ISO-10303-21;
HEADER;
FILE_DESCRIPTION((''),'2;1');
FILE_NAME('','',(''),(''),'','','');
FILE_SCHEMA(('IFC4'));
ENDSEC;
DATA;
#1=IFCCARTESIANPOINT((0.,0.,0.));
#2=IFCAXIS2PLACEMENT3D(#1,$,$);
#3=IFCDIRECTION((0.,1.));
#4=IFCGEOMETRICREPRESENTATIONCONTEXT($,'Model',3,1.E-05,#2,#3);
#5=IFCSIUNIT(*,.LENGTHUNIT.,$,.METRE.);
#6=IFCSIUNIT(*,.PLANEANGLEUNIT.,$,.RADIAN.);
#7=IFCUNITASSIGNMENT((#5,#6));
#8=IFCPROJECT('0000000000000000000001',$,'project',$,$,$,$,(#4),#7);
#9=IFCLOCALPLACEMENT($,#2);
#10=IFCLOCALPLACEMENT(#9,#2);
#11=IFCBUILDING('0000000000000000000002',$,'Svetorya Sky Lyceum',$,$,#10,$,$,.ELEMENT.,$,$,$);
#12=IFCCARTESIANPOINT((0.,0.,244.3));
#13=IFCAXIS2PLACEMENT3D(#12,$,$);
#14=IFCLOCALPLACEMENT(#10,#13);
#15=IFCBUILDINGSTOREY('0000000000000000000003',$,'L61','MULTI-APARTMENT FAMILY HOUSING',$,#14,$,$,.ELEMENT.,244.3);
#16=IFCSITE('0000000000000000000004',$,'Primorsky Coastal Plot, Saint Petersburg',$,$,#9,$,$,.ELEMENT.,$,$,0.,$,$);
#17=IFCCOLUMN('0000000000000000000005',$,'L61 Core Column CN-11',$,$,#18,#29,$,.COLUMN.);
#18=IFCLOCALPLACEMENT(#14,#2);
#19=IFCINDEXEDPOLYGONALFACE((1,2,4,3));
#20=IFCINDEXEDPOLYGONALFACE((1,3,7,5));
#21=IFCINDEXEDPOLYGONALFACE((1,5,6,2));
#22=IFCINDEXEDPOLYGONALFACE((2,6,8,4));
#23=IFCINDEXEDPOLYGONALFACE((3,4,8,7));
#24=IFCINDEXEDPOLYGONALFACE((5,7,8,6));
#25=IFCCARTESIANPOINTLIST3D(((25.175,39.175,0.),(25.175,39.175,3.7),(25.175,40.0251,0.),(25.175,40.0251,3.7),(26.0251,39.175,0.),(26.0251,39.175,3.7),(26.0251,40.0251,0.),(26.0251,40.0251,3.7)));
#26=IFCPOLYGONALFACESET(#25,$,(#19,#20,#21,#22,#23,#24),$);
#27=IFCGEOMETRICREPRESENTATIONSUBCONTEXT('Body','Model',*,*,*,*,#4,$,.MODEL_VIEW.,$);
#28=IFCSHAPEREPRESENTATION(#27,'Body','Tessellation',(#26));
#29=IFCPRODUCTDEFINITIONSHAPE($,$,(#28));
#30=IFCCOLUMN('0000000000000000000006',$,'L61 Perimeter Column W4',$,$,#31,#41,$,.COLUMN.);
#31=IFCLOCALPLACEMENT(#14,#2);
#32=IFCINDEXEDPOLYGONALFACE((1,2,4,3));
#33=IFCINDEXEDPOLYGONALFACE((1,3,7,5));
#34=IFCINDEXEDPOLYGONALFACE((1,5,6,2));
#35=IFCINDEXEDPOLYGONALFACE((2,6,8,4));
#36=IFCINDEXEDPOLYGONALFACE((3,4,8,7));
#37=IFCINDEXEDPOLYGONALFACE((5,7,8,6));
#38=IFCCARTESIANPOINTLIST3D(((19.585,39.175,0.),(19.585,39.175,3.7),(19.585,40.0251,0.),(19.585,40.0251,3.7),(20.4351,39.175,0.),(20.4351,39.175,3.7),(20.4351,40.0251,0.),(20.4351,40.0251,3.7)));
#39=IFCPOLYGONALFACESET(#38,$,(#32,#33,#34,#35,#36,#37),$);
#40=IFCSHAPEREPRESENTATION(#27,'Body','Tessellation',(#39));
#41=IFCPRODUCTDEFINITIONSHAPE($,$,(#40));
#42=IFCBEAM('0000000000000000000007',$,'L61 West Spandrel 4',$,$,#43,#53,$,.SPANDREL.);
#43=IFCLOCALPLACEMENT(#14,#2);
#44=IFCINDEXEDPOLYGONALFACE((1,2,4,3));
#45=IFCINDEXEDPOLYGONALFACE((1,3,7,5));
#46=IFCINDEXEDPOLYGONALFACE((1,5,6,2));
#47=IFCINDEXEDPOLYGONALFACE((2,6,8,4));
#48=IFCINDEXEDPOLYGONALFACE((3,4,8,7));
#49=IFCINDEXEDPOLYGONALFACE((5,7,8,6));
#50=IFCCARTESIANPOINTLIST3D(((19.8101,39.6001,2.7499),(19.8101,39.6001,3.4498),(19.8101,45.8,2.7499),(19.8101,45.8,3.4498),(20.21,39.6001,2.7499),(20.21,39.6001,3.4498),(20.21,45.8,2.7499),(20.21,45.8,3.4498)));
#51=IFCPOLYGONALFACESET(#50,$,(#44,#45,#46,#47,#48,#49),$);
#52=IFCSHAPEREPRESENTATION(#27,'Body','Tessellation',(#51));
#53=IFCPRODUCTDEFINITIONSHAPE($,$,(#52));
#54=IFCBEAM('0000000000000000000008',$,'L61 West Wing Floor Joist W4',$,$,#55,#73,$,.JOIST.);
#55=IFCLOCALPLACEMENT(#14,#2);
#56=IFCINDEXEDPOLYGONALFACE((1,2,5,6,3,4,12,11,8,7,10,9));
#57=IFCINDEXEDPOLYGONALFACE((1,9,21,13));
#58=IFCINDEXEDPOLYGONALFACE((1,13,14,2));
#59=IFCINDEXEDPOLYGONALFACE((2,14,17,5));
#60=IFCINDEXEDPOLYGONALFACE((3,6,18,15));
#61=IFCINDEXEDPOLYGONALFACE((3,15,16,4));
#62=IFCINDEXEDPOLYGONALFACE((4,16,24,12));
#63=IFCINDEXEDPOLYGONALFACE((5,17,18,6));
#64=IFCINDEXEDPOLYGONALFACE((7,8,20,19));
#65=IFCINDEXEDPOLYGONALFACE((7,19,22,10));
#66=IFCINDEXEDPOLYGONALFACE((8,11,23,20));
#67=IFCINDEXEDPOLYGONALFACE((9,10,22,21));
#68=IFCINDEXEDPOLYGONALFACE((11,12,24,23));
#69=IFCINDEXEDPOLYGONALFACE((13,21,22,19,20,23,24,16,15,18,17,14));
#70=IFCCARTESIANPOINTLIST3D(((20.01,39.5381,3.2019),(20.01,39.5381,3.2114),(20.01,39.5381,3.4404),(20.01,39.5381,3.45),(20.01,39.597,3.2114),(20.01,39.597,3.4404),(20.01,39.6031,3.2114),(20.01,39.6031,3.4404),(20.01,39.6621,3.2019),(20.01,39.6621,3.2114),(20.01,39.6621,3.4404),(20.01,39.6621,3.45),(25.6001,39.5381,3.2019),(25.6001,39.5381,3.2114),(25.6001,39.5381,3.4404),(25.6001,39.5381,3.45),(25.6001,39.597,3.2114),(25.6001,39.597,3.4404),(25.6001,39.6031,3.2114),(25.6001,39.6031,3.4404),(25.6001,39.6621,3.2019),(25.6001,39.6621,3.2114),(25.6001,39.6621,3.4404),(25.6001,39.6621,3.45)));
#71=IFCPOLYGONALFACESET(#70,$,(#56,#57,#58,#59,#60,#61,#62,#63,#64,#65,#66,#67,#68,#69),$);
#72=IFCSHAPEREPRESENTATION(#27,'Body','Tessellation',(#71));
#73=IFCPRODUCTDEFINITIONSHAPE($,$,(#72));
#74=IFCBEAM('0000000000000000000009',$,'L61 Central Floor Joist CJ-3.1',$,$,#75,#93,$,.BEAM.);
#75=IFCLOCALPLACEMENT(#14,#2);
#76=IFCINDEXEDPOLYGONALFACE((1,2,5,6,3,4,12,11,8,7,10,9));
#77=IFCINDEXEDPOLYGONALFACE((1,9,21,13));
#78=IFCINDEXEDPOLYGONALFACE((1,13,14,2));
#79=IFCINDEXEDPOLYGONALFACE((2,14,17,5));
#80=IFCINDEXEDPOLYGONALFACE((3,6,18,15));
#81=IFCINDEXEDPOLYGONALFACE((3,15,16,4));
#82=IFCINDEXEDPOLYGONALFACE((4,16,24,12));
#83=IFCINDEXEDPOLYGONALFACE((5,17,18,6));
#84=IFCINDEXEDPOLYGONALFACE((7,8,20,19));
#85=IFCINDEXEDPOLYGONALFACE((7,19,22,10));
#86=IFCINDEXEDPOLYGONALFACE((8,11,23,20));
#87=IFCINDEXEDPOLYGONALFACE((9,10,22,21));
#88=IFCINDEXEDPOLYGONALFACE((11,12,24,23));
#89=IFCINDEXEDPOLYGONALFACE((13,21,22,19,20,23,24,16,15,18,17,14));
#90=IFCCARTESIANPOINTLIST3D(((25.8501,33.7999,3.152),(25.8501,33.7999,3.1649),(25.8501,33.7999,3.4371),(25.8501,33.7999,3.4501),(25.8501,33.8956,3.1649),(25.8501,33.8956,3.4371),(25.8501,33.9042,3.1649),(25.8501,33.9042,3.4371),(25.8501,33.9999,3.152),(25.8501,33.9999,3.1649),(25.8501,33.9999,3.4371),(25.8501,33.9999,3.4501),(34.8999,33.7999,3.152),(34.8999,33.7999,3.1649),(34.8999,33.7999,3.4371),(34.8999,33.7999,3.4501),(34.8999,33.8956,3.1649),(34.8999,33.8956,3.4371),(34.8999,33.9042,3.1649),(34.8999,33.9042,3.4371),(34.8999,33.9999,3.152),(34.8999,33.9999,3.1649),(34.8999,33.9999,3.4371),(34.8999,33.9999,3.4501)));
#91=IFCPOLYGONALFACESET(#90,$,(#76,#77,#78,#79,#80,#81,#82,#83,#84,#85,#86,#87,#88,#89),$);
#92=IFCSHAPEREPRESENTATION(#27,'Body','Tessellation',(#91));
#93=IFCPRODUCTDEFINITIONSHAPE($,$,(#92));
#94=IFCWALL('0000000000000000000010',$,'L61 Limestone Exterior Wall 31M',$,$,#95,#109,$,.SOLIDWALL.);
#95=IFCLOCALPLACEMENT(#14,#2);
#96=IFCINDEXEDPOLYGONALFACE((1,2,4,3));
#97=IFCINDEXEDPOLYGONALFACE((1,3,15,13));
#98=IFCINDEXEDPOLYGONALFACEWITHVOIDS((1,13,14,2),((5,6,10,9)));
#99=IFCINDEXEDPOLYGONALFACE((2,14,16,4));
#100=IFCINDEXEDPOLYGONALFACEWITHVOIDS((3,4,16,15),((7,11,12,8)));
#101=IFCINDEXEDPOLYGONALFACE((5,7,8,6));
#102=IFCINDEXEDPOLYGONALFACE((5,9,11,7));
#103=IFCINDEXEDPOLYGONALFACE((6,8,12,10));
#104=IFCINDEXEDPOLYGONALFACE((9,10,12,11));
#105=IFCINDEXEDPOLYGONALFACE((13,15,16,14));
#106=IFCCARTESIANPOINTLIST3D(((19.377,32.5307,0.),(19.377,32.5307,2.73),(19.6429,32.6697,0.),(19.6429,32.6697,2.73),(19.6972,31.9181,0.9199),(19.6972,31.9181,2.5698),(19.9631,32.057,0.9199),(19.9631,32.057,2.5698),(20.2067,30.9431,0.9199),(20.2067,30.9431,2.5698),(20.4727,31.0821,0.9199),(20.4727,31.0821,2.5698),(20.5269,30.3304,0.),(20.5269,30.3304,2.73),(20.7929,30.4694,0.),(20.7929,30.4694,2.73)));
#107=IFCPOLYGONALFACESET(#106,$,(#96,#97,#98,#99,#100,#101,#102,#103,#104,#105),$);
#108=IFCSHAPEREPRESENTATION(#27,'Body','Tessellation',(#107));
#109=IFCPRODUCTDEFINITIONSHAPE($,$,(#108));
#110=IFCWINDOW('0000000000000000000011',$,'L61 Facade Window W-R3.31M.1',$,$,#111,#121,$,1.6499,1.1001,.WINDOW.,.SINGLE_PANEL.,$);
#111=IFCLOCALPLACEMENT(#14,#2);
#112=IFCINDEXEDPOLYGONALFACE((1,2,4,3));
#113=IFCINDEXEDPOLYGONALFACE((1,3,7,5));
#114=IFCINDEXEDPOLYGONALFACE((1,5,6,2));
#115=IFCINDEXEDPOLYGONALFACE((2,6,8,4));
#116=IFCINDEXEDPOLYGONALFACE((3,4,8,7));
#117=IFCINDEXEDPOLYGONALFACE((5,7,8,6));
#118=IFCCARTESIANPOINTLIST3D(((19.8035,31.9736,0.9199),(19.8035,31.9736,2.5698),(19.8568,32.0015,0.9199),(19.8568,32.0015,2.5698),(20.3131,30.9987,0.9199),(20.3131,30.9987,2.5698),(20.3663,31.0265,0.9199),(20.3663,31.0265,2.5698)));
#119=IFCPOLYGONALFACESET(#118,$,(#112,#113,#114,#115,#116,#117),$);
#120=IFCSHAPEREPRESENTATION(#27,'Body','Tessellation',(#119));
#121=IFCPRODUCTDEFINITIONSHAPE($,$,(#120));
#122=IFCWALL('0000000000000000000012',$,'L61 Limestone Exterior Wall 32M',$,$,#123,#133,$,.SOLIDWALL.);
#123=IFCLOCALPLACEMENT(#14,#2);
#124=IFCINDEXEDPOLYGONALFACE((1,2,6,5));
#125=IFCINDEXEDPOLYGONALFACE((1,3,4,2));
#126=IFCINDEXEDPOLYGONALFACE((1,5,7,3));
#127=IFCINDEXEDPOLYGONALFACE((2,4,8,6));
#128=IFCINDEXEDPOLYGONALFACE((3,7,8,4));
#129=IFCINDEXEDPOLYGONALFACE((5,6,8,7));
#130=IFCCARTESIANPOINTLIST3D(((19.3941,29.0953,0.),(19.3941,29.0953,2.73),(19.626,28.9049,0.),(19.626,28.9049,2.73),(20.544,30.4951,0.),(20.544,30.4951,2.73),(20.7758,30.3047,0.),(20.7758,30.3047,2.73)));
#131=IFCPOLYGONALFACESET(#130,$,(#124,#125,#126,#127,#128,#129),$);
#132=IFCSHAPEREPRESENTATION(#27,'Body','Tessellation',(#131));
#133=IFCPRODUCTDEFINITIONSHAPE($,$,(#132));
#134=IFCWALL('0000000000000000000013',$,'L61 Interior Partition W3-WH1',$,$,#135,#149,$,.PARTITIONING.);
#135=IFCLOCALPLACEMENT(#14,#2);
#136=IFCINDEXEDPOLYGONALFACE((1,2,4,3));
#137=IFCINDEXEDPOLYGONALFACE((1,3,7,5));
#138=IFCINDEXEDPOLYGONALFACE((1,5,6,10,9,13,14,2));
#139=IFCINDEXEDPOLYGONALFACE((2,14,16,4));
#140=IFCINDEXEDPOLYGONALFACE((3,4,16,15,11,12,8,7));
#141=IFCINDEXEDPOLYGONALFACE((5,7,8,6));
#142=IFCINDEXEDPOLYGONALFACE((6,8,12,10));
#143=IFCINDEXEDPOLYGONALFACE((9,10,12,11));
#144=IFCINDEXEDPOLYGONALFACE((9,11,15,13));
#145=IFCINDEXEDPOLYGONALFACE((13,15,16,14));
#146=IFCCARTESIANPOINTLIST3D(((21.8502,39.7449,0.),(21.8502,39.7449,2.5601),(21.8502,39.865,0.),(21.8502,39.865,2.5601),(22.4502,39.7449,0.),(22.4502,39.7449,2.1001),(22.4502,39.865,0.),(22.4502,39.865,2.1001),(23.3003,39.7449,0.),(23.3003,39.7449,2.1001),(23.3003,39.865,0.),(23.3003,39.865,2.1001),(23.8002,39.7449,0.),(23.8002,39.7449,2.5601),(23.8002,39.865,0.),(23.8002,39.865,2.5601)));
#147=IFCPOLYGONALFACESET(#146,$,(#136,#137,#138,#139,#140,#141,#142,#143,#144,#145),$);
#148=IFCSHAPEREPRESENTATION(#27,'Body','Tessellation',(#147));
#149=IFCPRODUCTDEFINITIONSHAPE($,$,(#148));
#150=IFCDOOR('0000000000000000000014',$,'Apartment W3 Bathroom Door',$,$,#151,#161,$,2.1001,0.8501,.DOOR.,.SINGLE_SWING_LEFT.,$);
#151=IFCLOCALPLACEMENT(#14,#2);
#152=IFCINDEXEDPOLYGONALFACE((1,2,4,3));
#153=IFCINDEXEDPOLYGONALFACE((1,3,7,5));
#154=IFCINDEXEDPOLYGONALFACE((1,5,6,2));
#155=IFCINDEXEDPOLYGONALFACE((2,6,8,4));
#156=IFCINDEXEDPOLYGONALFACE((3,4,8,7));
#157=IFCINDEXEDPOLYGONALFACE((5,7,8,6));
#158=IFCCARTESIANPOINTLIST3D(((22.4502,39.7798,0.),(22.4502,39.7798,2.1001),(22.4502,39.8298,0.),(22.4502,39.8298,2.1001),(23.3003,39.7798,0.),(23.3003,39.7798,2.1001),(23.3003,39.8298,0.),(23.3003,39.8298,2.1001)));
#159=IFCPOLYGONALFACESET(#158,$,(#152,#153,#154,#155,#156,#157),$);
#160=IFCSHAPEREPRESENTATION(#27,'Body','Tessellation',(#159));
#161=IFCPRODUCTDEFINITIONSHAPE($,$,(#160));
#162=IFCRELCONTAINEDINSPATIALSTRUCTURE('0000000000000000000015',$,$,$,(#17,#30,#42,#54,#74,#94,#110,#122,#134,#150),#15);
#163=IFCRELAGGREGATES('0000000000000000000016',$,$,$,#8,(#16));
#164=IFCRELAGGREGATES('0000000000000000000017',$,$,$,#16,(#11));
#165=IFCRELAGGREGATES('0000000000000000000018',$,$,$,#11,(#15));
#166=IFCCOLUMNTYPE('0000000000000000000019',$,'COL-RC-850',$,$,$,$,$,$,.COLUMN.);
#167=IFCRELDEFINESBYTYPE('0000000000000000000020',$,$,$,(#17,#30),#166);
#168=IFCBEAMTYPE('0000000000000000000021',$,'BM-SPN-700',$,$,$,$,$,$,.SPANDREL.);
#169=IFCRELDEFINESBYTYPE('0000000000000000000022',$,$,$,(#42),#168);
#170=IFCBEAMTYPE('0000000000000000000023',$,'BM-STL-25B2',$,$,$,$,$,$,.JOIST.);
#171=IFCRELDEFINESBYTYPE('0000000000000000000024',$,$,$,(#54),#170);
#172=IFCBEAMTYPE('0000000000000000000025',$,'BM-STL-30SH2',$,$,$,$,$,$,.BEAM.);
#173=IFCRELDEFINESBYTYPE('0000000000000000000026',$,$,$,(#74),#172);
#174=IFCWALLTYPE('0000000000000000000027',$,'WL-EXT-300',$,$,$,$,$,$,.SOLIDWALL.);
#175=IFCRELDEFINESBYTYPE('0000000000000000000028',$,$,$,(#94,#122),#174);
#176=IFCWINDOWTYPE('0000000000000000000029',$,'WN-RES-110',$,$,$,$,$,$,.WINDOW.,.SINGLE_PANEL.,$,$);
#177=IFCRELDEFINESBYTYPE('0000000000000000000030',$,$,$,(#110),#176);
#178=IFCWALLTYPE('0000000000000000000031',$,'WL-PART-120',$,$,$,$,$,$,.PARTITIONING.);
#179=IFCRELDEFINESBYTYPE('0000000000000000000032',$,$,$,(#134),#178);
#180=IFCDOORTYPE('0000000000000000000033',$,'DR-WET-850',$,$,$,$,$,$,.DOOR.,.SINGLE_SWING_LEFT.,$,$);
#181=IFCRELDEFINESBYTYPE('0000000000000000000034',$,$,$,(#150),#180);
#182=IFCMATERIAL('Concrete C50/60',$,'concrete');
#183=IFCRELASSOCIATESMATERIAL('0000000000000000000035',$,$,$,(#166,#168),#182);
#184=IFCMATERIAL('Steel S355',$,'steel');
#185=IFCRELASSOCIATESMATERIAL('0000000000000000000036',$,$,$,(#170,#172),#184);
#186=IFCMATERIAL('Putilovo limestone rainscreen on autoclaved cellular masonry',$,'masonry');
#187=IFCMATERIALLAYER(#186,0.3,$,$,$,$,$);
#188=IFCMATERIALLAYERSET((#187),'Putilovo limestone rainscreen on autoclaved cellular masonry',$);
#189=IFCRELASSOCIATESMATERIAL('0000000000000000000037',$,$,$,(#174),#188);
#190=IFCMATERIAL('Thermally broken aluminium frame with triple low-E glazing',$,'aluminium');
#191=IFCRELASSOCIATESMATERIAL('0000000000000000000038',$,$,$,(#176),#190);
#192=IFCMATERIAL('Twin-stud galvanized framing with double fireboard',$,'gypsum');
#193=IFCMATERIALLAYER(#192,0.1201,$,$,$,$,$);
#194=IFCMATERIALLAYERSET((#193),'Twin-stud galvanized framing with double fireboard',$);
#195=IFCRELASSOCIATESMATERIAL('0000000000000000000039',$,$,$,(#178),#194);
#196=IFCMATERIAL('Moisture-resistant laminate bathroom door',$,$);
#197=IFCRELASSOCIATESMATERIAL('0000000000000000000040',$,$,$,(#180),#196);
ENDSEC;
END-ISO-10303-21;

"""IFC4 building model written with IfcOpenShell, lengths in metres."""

from ifc_helpers import new_model, si_unit, direction, frame, frame_2d, origin, origin_2d, place, context, subcontext, project, spatial, rectangle, i_section, extrude, material, layer, layer_set, material_profile, profile_set, type_object, element, fill, save


model = new_model("IFC4")

# Units and contexts
model_context = context("Model", 3, precision=1e-05, world=origin(), true_north=direction((0.0, 1.0)))
body_context = subcontext(model_context, "Body", "Model", "MODEL_VIEW")
ifc_project = project(units=[si_unit("LENGTHUNIT", "METRE"), si_unit("PLANEANGLEUNIT", "RADIAN")], contexts=[model_context])

# Site, building, storey
site_placement = place(None, origin())
site = spatial("IfcSite", under=ifc_project, at=site_placement, Name="Primorsky Coastal Plot, Saint Petersburg", CompositionType="ELEMENT", RefElevation=0.0)
building_placement = place(site_placement, origin())
building = spatial("IfcBuilding", under=site, at=building_placement, Name="Svetorya Sky Lyceum", CompositionType="ELEMENT")
storey_placement = place(building_placement, frame((0.0, 0.0, 244.3)))
storey = spatial("IfcBuildingStorey", under=building, at=storey_placement, Name="L61", Description="MULTI-APARTMENT FAMILY HOUSING", CompositionType="ELEMENT", Elevation=244.3)

# Columns
ifc_material_1 = material(Name="Concrete C50/60", Category="concrete")
ifc_material_profile_1 = material_profile(ifc_material_1, rectangle(XDim=0.8501, YDim=0.8501, at=origin_2d()), Name="RC COL 850x850")
ifc_profile_set_1 = profile_set([ifc_material_profile_1], Name="Concrete C50/60")
column_type = type_object("IfcColumnType", Name="COL-RC-850", PredefinedType="COLUMN", material=ifc_profile_set_1)
for number, where, z_axis, x_axis, name in (
    (1, (25.6001, 39.6001, 0.0), (0.0, 0.0, 1.0), (1.0, 0.0, 0.0), "L61 Core Column CN-11"),
    (2, (20.01, 39.6001, 0.0), (0.0, 0.0, 1.0), (1.0, 0.0, 0.0), "L61 Perimeter Column W4"),
):
    element("IfcColumn", number, at=place(storey_placement, frame(where, z_axis=z_axis, x_axis=x_axis)), inside=storey, type_object=column_type, Name=name, PredefinedType="COLUMN", context=body_context, shape_type="SweptSolid", body=[
        extrude(rectangle(XDim=0.8501, YDim=0.8501, at=origin_2d()), origin(), (0.0, 0.0, 1.0), 3.7),
    ])

# Beams
ifc_material_profile_2 = material_profile(ifc_material_1, rectangle(XDim=0.3999, YDim=0.7, at=origin_2d()), Name="RC SPANDREL 400x700")
ifc_profile_set_2 = profile_set([ifc_material_profile_2], Name="Concrete C50/60")
beam_type_1 = type_object("IfcBeamType", Name="BM-SPN-700", PredefinedType="SPANDREL", material=ifc_profile_set_2)
beam_1_placement = place(storey_placement, frame((20.01, 39.6001, 3.0999), z_axis=(0.0, 1.0, 0.0), x_axis=(-1.0, 0.0, 0.0)))
element("IfcBeam", 3, at=beam_1_placement, inside=storey, type_object=beam_type_1, Name="L61 West Spandrel 4", PredefinedType="SPANDREL", context=body_context, shape_type="SweptSolid", body=[
    extrude(rectangle(XDim=0.3999, YDim=0.7, at=origin_2d()), origin(), (0.0, 0.0, 1.0), 6.2),
])
ifc_material_2 = material(Name="Steel S355", Category="steel")
ifc_material_profile_3 = material_profile(ifc_material_2, i_section(OverallWidth=0.124, OverallDepth=0.248, WebThickness=0.0061, FlangeThickness=0.0095, at=origin_2d()), Name="GOST 25B2")
ifc_profile_set_3 = profile_set([ifc_material_profile_3], Name="Steel S355")
beam_type_2 = type_object("IfcBeamType", Name="BM-STL-25B2", PredefinedType="JOIST", material=ifc_profile_set_3)
beam_2_placement = place(storey_placement, frame((20.01, 39.6001, 3.3259), z_axis=(1.0, 0.0, 0.0), x_axis=(0.0, 1.0, 0.0)))
element("IfcBeam", 4, at=beam_2_placement, inside=storey, type_object=beam_type_2, Name="L61 West Wing Floor Joist W4", PredefinedType="JOIST", context=body_context, shape_type="SweptSolid", body=[
    extrude(i_section(OverallWidth=0.124, OverallDepth=0.248, WebThickness=0.0061, FlangeThickness=0.0095, at=origin_2d()), origin(), (0.0, 0.0, 1.0), 5.5901),
])
ifc_material_profile_4 = material_profile(ifc_material_2, i_section(OverallWidth=0.2, OverallDepth=0.2981, WebThickness=0.0085, FlangeThickness=0.0129, at=origin_2d()), Name="GOST 30Sh2")
ifc_profile_set_4 = profile_set([ifc_material_profile_4], Name="Steel S355")
beam_type_3 = type_object("IfcBeamType", Name="BM-STL-30SH2", PredefinedType="BEAM", material=ifc_profile_set_4)
beam_3_placement = place(storey_placement, frame((25.8501, 33.8999, 3.301), z_axis=(1.0, 0.0, 0.0), x_axis=(0.0, 1.0, 0.0)))
element("IfcBeam", 5, at=beam_3_placement, inside=storey, type_object=beam_type_3, Name="L61 Central Floor Joist CJ-3.1", PredefinedType="BEAM", context=body_context, shape_type="SweptSolid", body=[
    extrude(i_section(OverallWidth=0.2, OverallDepth=0.2981, WebThickness=0.0085, FlangeThickness=0.0129, at=origin_2d()), origin(), (0.0, 0.0, 1.0), 9.0498),
])

# Wall, opening, window
ifc_material_3 = material(Name="Putilovo limestone rainscreen on autoclaved cellular masonry", Category="masonry")
ifc_layer_1 = layer(ifc_material_3, 0.3)
ifc_layer_set_1 = layer_set([ifc_layer_1], Name="Putilovo limestone rainscreen on autoclaved cellular masonry")
wall_type_1 = type_object("IfcWallType", Name="WL-EXT-300", PredefinedType="SOLIDWALL", material=ifc_layer_set_1)
wall_1_placement = place(storey_placement, frame((19.51, 32.6001, 0.0), z_axis=(0.0, 0.0, 1.0), x_axis=(0.463191, -0.886258, 0.0)))
wall_1 = element("IfcWall", 6, at=wall_1_placement, inside=storey, type_object=wall_type_1, Name="L61 Limestone Exterior Wall 31M", PredefinedType="SOLIDWALL", context=body_context, shape_type="SweptSolid", body=[
    extrude(rectangle(XDim=2.4827, YDim=0.3, at=frame_2d((1.2412, 0.0))), origin(), (0.0, 0.0, 1.0), 2.73),
])
opening_1_placement = place(wall_1_placement, frame((0.6912, 0.0, 0.9199)))
opening_1 = element("IfcOpeningElement", 7, at=opening_1_placement, cuts=wall_1, PredefinedType="OPENING", context=body_context, shape_type="SweptSolid", body=[
    extrude(rectangle(XDim=1.1001, YDim=1.6499, at=frame_2d((0.55, 0.825))), frame((0.0, 0.1599, 0.0), z_axis=(0.0, -1.0, 0.0), x_axis=(1.0, 0.0, 0.0)), (0.0, 0.0, 1.0), 0.3201),
])
ifc_material_4 = material(Name="Thermally broken aluminium frame with triple low-E glazing", Category="aluminium")
window_type = type_object("IfcWindowType", Name="WN-RES-110", PartitioningType="SINGLE_PANEL", PredefinedType="WINDOW", material=ifc_material_4)
window_placement = place(opening_1_placement, origin())
window = element("IfcWindow", 8, at=window_placement, inside=storey, type_object=window_type, Name="L61 Facade Window W-R3.31M.1", OverallHeight=1.6499, OverallWidth=1.1001, PartitioningType="SINGLE_PANEL", PredefinedType="WINDOW", context=body_context, shape_type="SweptSolid", body=[
    extrude(rectangle(XDim=1.1001, YDim=1.6499, at=frame_2d((0.55, 0.825))), frame((0.0, 0.03, 0.0), z_axis=(0.0, -1.0, 0.0), x_axis=(1.0, 0.0, 0.0)), (0.0, 0.0, 1.0), 0.0601),
])
fill(opening_1, window)

# Wall
wall_2_placement = place(storey_placement, frame((20.6599, 30.3999, 0.0), z_axis=(0.0, 0.0, 1.0), x_axis=(-0.634734, -0.772731, 0.0)))
element("IfcWall", 9, at=wall_2_placement, inside=storey, type_object=wall_type_1, Name="L61 Limestone Exterior Wall 32M", PredefinedType="SOLIDWALL", context=body_context, shape_type="SweptSolid", body=[
    extrude(rectangle(XDim=1.8115, YDim=0.3, at=frame_2d((0.9058, 0.0))), origin(), (0.0, 0.0, 1.0), 2.73),
])

# Wall, opening, door
ifc_material_5 = material(Name="Twin-stud galvanized framing with double fireboard", Category="gypsum")
ifc_layer_2 = layer(ifc_material_5, 0.1201)
ifc_layer_set_2 = layer_set([ifc_layer_2], Name="Twin-stud galvanized framing with double fireboard")
wall_type_2 = type_object("IfcWallType", Name="WL-PART-120", PredefinedType="PARTITIONING", material=ifc_layer_set_2)
wall_3_placement = place(storey_placement, frame((21.8501, 39.8049, 0.0), z_axis=(0.0, 0.0, 1.0), x_axis=(1.0, 0.0, 0.0)))
wall_3 = element("IfcWall", 10, at=wall_3_placement, inside=storey, type_object=wall_type_2, Name="L61 Interior Partition W3-WH1", PredefinedType="PARTITIONING", context=body_context, shape_type="SweptSolid", body=[
    extrude(rectangle(XDim=1.95, YDim=0.1201, at=frame_2d((0.9751, 0.0))), origin(), (0.0, 0.0, 1.0), 2.5601),
])
opening_2_placement = place(wall_3_placement, frame((0.6001, 0.0, 0.0)))
opening_2 = element("IfcOpeningElement", 11, at=opening_2_placement, cuts=wall_3, PredefinedType="OPENING", context=body_context, shape_type="SweptSolid", body=[
    extrude(rectangle(XDim=0.8501, YDim=2.1001, at=frame_2d((0.425, 1.05))), frame((0.0, 0.0701, 0.0), z_axis=(0.0, -1.0, 0.0), x_axis=(1.0, 0.0, 0.0)), (0.0, 0.0, 1.0), 0.1401),
])
ifc_material_6 = material(Name="Moisture-resistant laminate bathroom door")
door_type_1 = type_object("IfcDoorType", Name="DR-WET-850", OperationType="SINGLE_SWING_LEFT", PredefinedType="DOOR", material=ifc_material_6)
door_1_placement = place(opening_2_placement, origin())
door_1 = element("IfcDoor", 12, at=door_1_placement, inside=storey, type_object=door_type_1, Name="Apartment W3 Bathroom Door", OperationType="SINGLE_SWING_LEFT", OverallHeight=2.1001, OverallWidth=0.8501, PredefinedType="DOOR", context=body_context, shape_type="SweptSolid", body=[
    extrude(rectangle(XDim=0.8501, YDim=2.1001, at=frame_2d((0.425, 1.05))), frame((0.0, 0.0249, 0.0), z_axis=(0.0, -1.0, 0.0), x_axis=(1.0, 0.0, 0.0)), (0.0, 0.0, 1.0), 0.05),
])
fill(opening_2, door_1)

save(model, "model.ifc")
